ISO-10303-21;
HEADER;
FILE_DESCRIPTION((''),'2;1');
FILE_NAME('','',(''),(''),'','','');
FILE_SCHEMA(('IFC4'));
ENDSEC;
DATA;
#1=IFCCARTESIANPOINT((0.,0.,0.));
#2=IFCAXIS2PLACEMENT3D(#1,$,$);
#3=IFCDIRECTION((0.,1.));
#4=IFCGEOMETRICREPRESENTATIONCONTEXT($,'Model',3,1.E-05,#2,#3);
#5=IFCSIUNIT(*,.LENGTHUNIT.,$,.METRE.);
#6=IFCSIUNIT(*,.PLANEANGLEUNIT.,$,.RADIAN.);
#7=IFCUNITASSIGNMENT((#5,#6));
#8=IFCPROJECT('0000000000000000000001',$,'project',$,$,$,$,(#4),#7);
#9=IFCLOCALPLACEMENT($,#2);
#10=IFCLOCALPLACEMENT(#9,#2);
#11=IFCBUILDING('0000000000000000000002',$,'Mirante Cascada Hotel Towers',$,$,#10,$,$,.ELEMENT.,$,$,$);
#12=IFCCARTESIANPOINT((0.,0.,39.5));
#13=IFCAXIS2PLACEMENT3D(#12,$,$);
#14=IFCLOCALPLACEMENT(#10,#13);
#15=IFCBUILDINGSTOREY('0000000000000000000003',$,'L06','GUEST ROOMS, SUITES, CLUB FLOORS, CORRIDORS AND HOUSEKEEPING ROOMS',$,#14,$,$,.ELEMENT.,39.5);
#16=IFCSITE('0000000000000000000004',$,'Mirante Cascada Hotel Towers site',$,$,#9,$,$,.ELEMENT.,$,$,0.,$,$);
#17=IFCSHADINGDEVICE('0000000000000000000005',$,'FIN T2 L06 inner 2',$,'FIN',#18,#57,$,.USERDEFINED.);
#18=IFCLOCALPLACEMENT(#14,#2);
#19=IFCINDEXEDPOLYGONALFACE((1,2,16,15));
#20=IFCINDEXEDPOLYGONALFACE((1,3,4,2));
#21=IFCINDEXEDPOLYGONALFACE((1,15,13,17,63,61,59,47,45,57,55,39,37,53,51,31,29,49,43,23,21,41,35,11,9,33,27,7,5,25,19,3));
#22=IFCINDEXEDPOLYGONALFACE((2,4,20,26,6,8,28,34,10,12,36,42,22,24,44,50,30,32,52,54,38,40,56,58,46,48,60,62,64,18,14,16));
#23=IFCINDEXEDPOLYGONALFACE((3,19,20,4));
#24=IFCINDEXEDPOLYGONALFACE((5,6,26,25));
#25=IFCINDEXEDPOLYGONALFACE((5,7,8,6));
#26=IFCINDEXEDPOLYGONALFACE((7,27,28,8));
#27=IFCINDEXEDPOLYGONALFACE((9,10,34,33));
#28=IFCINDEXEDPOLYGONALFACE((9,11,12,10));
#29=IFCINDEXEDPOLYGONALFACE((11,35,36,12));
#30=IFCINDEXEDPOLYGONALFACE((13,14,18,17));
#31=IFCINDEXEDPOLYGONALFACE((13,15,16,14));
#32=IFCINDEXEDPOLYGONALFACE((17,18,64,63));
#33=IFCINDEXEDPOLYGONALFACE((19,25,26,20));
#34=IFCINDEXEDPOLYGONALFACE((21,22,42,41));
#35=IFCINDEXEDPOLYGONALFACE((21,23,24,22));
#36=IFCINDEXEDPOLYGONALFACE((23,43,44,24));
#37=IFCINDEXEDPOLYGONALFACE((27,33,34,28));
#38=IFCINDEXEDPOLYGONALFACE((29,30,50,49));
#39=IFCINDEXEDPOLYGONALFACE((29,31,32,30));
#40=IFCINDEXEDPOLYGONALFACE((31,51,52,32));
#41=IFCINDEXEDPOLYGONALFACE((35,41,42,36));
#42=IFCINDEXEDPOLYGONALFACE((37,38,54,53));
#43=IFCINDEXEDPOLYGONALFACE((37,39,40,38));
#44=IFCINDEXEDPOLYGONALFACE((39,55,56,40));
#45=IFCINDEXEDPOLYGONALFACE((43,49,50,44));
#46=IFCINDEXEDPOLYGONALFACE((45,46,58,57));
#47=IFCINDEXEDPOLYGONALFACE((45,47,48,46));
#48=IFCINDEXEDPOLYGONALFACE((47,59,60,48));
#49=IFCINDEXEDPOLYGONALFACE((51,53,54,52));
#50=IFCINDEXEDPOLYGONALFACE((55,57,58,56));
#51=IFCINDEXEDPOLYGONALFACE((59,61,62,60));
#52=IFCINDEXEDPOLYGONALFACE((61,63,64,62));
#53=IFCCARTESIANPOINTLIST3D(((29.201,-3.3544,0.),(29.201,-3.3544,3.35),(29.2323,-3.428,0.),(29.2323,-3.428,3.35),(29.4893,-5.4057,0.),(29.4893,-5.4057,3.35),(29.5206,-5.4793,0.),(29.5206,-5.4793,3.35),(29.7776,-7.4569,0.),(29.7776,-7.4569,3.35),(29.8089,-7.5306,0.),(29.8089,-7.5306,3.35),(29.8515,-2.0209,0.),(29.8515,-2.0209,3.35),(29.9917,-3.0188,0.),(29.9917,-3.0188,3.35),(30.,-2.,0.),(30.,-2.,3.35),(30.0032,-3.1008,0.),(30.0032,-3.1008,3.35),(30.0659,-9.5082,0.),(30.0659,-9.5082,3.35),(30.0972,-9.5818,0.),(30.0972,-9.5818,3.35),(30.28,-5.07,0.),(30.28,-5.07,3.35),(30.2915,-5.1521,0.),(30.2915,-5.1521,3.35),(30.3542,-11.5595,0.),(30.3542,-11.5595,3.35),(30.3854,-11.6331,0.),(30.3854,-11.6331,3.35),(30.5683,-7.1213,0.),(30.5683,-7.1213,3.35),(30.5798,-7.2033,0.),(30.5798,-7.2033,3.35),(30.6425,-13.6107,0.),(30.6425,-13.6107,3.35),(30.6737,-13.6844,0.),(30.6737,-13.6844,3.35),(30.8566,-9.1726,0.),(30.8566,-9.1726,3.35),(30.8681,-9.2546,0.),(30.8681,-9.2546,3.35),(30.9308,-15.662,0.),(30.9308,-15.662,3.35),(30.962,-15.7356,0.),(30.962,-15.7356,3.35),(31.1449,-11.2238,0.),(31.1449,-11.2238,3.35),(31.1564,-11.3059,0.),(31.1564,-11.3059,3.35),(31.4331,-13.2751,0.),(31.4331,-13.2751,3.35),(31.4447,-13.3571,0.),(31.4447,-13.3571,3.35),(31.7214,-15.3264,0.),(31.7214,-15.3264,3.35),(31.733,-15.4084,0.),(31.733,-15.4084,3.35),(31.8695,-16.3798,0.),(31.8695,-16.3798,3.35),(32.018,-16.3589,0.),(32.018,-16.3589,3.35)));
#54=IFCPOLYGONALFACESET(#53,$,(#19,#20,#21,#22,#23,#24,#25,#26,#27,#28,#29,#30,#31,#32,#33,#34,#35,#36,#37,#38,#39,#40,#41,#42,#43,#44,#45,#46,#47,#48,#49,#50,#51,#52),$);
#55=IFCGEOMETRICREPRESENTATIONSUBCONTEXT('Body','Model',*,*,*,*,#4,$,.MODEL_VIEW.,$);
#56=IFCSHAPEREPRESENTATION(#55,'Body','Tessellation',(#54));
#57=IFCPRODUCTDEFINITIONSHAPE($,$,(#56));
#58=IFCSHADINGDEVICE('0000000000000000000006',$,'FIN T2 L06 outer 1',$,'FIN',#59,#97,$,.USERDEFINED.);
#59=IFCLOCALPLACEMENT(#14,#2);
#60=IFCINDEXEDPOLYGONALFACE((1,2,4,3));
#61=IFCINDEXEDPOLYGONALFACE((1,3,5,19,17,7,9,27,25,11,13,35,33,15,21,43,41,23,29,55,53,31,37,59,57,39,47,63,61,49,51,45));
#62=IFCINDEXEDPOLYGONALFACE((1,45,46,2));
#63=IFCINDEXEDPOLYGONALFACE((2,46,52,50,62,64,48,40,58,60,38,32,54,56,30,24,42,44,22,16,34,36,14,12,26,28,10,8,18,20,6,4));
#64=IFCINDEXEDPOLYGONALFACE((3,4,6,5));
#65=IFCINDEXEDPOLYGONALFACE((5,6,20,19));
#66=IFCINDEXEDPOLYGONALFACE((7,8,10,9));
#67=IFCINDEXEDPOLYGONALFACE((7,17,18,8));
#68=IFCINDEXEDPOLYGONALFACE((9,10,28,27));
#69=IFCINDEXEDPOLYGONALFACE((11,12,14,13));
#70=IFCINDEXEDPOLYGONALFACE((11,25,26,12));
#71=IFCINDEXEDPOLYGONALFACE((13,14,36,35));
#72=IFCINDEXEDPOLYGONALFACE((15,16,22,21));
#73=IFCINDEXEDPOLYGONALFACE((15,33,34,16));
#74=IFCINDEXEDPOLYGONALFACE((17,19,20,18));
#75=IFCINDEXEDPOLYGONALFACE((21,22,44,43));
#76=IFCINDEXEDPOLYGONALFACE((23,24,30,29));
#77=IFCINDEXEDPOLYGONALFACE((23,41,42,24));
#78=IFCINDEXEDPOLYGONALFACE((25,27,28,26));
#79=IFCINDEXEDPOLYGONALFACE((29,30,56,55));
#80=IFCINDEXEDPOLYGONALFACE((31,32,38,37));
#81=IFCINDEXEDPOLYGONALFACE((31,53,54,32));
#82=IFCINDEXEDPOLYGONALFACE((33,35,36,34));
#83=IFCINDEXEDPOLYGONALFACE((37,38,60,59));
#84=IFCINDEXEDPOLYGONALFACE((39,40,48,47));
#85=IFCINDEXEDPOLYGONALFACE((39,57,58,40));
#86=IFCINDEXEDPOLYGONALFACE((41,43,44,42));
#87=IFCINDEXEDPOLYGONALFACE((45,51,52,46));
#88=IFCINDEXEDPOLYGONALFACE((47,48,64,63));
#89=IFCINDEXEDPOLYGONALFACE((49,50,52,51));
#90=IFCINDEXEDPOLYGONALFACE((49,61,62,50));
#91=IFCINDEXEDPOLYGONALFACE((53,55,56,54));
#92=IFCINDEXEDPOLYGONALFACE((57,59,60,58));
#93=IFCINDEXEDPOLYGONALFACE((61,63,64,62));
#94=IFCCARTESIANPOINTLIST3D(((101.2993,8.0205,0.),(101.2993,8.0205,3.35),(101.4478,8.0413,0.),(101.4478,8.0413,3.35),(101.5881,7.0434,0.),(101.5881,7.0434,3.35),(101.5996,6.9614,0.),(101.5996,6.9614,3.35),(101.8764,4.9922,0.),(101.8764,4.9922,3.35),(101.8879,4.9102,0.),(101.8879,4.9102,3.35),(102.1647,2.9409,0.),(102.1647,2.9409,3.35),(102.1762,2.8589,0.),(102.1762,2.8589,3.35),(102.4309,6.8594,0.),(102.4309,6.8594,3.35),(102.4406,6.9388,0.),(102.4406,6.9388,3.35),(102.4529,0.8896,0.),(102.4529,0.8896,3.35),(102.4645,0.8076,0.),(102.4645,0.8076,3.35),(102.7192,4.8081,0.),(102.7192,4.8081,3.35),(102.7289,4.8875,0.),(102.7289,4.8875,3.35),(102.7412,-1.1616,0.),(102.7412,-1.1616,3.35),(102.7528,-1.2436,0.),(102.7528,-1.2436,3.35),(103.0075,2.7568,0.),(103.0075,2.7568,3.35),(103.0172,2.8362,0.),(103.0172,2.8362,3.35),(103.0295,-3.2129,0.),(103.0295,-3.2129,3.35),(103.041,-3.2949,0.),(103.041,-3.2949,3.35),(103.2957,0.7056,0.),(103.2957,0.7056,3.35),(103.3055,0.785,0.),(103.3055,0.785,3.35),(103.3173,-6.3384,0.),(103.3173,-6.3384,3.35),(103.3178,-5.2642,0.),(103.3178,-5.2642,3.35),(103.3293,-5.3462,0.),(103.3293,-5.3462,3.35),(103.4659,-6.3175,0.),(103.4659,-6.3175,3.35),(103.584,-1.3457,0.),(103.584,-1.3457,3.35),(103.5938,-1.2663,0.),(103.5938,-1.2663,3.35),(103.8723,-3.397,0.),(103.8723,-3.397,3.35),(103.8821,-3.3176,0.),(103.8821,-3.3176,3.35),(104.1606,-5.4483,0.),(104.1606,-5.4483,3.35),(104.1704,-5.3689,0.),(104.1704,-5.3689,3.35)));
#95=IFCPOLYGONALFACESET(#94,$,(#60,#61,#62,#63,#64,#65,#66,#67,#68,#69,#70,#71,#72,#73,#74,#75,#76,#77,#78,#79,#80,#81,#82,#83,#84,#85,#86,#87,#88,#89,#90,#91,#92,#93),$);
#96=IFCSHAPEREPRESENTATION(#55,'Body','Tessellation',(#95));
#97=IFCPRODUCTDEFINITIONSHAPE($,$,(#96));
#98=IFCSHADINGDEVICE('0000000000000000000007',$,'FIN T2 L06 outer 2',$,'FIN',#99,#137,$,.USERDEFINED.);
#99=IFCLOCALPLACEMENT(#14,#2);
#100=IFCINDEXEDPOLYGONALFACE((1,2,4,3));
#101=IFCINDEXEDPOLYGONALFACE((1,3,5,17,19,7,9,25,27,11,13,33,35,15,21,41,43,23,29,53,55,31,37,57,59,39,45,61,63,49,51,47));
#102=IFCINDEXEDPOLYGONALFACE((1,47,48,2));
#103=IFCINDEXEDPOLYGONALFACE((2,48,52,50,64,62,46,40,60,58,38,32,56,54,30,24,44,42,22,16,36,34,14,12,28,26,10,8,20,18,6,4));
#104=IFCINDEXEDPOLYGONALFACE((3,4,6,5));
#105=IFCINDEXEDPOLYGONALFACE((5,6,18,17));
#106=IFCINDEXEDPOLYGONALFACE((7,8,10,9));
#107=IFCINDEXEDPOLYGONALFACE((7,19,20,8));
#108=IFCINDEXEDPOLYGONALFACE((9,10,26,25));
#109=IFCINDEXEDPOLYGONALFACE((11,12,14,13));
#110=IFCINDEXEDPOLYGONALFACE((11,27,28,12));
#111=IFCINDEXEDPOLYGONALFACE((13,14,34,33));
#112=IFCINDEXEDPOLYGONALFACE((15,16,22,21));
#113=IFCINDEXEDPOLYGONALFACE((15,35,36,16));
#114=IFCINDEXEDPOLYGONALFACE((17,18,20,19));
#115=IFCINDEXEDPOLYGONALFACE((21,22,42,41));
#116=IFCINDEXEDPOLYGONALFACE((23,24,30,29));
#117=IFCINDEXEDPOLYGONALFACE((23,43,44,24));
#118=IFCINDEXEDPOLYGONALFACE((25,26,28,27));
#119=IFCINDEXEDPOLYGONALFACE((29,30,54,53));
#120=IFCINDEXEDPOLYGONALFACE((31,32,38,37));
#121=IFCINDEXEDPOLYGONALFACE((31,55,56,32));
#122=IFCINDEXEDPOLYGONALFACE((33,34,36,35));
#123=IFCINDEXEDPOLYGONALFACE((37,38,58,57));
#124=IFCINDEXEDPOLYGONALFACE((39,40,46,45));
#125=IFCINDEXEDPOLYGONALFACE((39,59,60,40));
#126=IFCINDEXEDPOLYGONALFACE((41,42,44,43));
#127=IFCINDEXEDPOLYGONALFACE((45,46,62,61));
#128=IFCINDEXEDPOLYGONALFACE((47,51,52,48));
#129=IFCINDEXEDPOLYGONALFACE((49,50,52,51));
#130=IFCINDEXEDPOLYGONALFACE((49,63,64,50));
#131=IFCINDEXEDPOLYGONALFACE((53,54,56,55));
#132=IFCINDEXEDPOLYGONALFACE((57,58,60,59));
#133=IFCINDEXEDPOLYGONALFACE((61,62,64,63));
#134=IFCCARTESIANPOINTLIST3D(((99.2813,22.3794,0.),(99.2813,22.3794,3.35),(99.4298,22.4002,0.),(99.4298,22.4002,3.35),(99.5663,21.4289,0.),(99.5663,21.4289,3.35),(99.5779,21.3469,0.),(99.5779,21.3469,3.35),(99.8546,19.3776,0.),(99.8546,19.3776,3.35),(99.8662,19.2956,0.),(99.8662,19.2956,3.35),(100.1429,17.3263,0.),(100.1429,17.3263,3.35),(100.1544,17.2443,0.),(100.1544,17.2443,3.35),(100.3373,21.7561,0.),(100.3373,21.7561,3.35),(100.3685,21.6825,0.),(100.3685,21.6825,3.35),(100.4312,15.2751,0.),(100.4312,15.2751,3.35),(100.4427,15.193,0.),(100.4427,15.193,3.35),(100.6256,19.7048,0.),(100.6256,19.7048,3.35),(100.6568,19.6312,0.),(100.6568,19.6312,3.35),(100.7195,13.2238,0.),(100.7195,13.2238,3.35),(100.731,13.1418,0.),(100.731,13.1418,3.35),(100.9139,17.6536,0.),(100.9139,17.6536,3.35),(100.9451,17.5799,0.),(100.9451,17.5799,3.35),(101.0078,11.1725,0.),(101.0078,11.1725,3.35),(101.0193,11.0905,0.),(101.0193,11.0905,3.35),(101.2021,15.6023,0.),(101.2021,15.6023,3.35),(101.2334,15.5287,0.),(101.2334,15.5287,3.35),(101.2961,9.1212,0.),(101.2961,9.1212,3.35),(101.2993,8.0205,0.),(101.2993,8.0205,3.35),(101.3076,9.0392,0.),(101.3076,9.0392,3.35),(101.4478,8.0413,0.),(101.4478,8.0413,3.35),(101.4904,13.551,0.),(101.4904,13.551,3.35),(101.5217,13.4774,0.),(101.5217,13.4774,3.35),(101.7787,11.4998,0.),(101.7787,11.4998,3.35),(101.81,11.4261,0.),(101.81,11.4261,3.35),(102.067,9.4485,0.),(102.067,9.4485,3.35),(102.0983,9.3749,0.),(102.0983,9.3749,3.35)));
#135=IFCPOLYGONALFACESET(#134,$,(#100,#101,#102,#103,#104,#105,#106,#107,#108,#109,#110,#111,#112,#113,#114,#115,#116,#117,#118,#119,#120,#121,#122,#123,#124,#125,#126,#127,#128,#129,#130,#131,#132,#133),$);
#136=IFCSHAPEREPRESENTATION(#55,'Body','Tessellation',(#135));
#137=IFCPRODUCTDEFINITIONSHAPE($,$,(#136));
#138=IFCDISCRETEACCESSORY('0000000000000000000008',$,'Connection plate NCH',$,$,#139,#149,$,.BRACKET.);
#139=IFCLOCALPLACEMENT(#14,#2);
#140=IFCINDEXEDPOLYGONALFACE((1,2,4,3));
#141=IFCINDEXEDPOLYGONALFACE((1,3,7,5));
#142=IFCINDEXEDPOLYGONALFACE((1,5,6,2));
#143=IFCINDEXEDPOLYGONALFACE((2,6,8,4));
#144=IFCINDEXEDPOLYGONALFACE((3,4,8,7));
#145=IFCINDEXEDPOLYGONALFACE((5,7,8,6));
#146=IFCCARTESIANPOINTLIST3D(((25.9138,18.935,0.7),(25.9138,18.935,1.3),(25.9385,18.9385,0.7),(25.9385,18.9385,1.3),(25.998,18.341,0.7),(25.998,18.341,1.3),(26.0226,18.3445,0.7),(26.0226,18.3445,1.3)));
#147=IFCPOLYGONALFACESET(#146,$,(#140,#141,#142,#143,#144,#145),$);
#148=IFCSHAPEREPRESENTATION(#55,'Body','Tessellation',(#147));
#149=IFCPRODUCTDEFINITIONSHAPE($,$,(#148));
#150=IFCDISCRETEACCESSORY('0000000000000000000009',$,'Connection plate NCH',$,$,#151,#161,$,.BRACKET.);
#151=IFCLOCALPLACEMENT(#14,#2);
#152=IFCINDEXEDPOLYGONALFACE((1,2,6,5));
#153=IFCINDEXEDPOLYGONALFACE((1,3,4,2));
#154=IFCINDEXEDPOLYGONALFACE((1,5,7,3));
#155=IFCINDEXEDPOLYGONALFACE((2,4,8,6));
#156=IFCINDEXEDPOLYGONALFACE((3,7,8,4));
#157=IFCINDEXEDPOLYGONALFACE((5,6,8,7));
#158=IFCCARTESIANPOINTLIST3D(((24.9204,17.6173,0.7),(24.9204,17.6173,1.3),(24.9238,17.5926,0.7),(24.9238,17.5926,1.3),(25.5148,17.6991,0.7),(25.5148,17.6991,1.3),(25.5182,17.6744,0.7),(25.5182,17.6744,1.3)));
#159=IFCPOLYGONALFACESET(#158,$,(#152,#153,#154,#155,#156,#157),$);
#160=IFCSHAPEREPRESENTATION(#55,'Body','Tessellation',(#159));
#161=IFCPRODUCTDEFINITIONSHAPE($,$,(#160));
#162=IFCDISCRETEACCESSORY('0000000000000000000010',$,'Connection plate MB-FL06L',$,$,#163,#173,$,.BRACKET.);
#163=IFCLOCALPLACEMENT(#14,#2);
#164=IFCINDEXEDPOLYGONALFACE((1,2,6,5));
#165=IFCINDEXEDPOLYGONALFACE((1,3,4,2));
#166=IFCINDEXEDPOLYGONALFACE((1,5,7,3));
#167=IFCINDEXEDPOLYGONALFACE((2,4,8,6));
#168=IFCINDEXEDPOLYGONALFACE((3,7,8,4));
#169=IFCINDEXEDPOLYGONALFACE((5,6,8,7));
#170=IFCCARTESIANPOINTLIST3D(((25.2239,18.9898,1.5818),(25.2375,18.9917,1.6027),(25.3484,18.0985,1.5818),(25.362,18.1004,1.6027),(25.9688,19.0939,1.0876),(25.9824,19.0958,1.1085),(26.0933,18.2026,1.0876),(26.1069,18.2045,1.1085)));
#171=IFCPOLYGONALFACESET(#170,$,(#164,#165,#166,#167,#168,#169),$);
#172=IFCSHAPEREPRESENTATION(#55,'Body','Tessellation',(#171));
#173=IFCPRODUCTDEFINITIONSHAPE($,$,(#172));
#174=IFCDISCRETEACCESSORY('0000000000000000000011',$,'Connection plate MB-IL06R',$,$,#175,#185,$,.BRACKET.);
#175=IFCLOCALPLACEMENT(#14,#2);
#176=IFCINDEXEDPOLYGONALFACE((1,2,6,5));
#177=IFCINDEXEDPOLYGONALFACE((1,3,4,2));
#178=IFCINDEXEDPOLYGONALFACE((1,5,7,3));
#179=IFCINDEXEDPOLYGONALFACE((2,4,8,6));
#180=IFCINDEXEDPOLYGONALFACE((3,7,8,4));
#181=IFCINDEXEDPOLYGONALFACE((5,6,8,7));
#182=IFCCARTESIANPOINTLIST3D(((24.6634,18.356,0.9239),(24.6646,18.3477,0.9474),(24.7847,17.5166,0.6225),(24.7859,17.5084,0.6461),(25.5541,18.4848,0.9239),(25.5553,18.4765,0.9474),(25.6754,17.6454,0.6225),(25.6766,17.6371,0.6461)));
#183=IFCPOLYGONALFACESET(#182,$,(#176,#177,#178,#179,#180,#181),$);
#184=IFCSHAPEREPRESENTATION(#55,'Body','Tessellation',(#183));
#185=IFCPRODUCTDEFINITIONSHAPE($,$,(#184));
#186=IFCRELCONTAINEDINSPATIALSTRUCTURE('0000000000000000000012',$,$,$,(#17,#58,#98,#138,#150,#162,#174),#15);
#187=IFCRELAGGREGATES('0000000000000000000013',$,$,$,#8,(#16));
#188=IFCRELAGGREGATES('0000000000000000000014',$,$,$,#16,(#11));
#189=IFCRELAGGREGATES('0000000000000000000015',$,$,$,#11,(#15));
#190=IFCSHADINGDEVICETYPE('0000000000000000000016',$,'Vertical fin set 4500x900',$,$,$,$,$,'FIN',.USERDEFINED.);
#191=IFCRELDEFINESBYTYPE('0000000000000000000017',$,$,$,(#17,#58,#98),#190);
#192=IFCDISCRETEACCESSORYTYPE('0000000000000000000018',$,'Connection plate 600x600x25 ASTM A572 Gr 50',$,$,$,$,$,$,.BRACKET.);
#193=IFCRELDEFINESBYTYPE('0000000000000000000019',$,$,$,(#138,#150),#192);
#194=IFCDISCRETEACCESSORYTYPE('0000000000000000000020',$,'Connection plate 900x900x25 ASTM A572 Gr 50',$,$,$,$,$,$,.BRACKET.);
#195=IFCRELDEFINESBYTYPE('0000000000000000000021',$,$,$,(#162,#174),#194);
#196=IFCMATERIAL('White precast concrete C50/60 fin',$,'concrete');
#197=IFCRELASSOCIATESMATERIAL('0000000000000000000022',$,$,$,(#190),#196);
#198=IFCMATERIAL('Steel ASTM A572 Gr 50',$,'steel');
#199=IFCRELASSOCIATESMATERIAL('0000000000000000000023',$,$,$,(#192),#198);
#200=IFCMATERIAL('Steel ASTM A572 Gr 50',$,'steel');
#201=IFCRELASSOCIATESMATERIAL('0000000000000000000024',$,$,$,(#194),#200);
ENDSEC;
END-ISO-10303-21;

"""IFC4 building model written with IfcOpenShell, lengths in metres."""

from ifc_helpers import new_model, si_unit, direction, frame, origin, origin_2d, place, context, subcontext, project, spatial, polyline, rectangle, outline, extrude, material, material_profile, profile_set, type_object, element, save


model = new_model("IFC4")

# Units and contexts
model_context = context("Model", 3, precision=1e-05, world=origin(), true_north=direction((0.0, 1.0)))
body_context = subcontext(model_context, "Body", "Model", "MODEL_VIEW")
ifc_project = project(units=[si_unit("LENGTHUNIT", "METRE"), si_unit("PLANEANGLEUNIT", "RADIAN")], contexts=[model_context])

# Site, building, storey
site_placement = place(None, origin())
site = spatial("IfcSite", under=ifc_project, at=site_placement, Name="Mirante Cascada Hotel Towers site", CompositionType="ELEMENT", RefElevation=0.0)
building_placement = place(site_placement, origin())
building = spatial("IfcBuilding", under=site, at=building_placement, Name="Mirante Cascada Hotel Towers", CompositionType="ELEMENT")
storey_placement = place(building_placement, frame((0.0, 0.0, 39.5)))
storey = spatial("IfcBuildingStorey", under=building, at=storey_placement, Name="L06", Description="GUEST ROOMS, SUITES, CLUB FLOORS, CORRIDORS AND HOUSEKEEPING ROOMS", CompositionType="ELEMENT", Elevation=39.5)

# Shading devices
ifc_material_1 = material(Name="White precast concrete C50/60 fin", Category="concrete")
shading_device_type = type_object("IfcShadingDeviceType", Name="Vertical fin set 4500x900", ElementType="FIN", PredefinedType="USERDEFINED", material=ifc_material_1)
shading_device_1_placement = place(storey_placement, origin())
element("IfcShadingDevice", 1, at=shading_device_1_placement, inside=storey, type_object=shading_device_type, Name="FIN T2 L06 inner 2", ObjectType="FIN", PredefinedType="USERDEFINED", context=body_context, shape_type="SweptSolid", body=[
    extrude(outline(polyline([(30.9308, -15.662), (31.7214, -15.3264), (31.4447, -13.3571), (30.6737, -13.6844), (30.6425, -13.6107), (31.4331, -13.2751), (31.1564, -11.3059), (30.3854, -11.6331), (30.3542, -11.5595), (31.1449, -11.2238), (30.8681, -9.2546), (30.0972, -9.5818), (30.0659, -9.5082), (30.8566, -9.1726), (30.5798, -7.2033), (29.8089, -7.5306), (29.7776, -7.4569), (30.5683, -7.1213), (30.2915, -5.1521), (29.5206, -5.4793), (29.4893, -5.4057), (30.28, -5.07), (30.0032, -3.1008), (29.2323, -3.428), (29.201, -3.3544), (29.9917, -3.0188), (29.8515, -2.0209), (30.0, -2.0), (32.018, -16.3589), (31.8695, -16.3798), (31.733, -15.4084), (30.962, -15.7356), (30.9308, -15.662)])), origin(), (0.0, 0.0, 1.0), 3.35),
])
shading_device_2_placement = place(storey_placement, origin())
element("IfcShadingDevice", 2, at=shading_device_2_placement, inside=storey, type_object=shading_device_type, Name="FIN T2 L06 outer 1", ObjectType="FIN", PredefinedType="USERDEFINED", context=body_context, shape_type="SweptSolid", body=[
    extrude(outline(polyline([(104.1606, -5.4483), (103.3293, -5.3462), (103.4659, -6.3175), (103.3173, -6.3384), (101.2993, 8.0205), (101.4478, 8.0413), (101.5881, 7.0434), (102.4406, 6.9388), (102.4309, 6.8594), (101.5996, 6.9614), (101.8764, 4.9922), (102.7289, 4.8875), (102.7192, 4.8081), (101.8879, 4.9102), (102.1647, 2.9409), (103.0172, 2.8362), (103.0075, 2.7568), (102.1762, 2.8589), (102.4529, 0.8896), (103.3055, 0.785), (103.2957, 0.7056), (102.4645, 0.8076), (102.7412, -1.1616), (103.5938, -1.2663), (103.584, -1.3457), (102.7528, -1.2436), (103.0295, -3.2129), (103.8821, -3.3176), (103.8723, -3.397), (103.041, -3.2949), (103.3178, -5.2642), (104.1704, -5.3689), (104.1606, -5.4483)])), origin(), (0.0, 0.0, 1.0), 3.35),
])
shading_device_3_placement = place(storey_placement, origin())
element("IfcShadingDevice", 3, at=shading_device_3_placement, inside=storey, type_object=shading_device_type, Name="FIN T2 L06 outer 2", ObjectType="FIN", PredefinedType="USERDEFINED", context=body_context, shape_type="SweptSolid", body=[
    extrude(outline(polyline([(102.0983, 9.3749), (101.3076, 9.0392), (101.4478, 8.0413), (101.2993, 8.0205), (99.2813, 22.3794), (99.4298, 22.4002), (99.5663, 21.4289), (100.3373, 21.7561), (100.3685, 21.6825), (99.5779, 21.3469), (99.8546, 19.3776), (100.6256, 19.7048), (100.6568, 19.6312), (99.8662, 19.2956), (100.1429, 17.3263), (100.9139, 17.6536), (100.9451, 17.5799), (100.1544, 17.2443), (100.4312, 15.2751), (101.2021, 15.6023), (101.2334, 15.5287), (100.4427, 15.193), (100.7195, 13.2238), (101.4904, 13.551), (101.5217, 13.4774), (100.731, 13.1418), (101.0078, 11.1725), (101.7787, 11.4998), (101.81, 11.4261), (101.0193, 11.0905), (101.2961, 9.1212), (102.067, 9.4485), (102.0983, 9.3749)])), origin(), (0.0, 0.0, 1.0), 3.35),
])

# Discrete accessories
ifc_material_2 = material(Name="Steel ASTM A572 Gr 50", Category="steel")
ifc_material_profile_1 = material_profile(ifc_material_2, rectangle(XDim=0.6, YDim=0.6, at=origin_2d()), Name="Connection plate 600x600x25 ASTM A572 Gr 50")
ifc_profile_set_1 = profile_set([ifc_material_profile_1], Name="Steel ASTM A572 Gr 50")
discrete_accessory_type_1 = type_object("IfcDiscreteAccessoryType", Name="Connection plate 600x600x25 ASTM A572 Gr 50", PredefinedType="BRACKET", material=ifc_profile_set_1)
for number, where, z_axis, x_axis, name in (
    (4, (25.9559, 18.638, 1.0), (0.990109, 0.140299, 0.0), (-0.140299, 0.990109, 0.0), "Connection plate NCH"),
    (5, (25.221, 17.6335, 1.0), (-0.136366, 0.990658, 0.0), (-0.990658, -0.136366, 0.0), "Connection plate NCH"),
):
    element("IfcDiscreteAccessory", number, at=place(storey_placement, frame(where, z_axis=z_axis, x_axis=x_axis)), inside=storey, type_object=discrete_accessory_type_1, Name=name, PredefinedType="BRACKET", context=body_context, shape_type="SweptSolid", body=[
        extrude(rectangle(XDim=0.6, YDim=0.6, at=origin_2d()), origin(), (0.0, 0.0, 1.0), 0.0249),
    ])
ifc_material_3 = material(Name="Steel ASTM A572 Gr 50", Category="steel")
ifc_material_profile_2 = material_profile(ifc_material_3, rectangle(XDim=0.9, YDim=0.9, at=origin_2d()), Name="Connection plate 900x900x25 ASTM A572 Gr 50")
ifc_profile_set_2 = profile_set([ifc_material_profile_2], Name="Steel ASTM A572 Gr 50")
discrete_accessory_type_2 = type_object("IfcDiscreteAccessoryType", Name="Connection plate 900x900x25 ASTM A572 Gr 50", PredefinedType="BRACKET", material=ifc_profile_set_2)
for number, where, z_axis, x_axis, name in (
    (6, (25.6586, 18.5962, 1.3347), (0.543835, 0.075977, 0.835746), (-0.138362, 0.990382, 0.0), "Connection plate MB-FL06L"),
    (7, (25.1694, 18.0007, 0.7732), (0.047912, -0.331393, 0.942275), (0.98971, 0.143091, 0.0), "Connection plate MB-IL06R"),
):
    element("IfcDiscreteAccessory", number, at=place(storey_placement, frame(where, z_axis=z_axis, x_axis=x_axis)), inside=storey, type_object=discrete_accessory_type_2, Name=name, PredefinedType="BRACKET", context=body_context, shape_type="SweptSolid", body=[
        extrude(rectangle(XDim=0.9, YDim=0.9, at=origin_2d()), origin(), (0.0, 0.0, 1.0), 0.025),
    ])

save(model, "model.ifc")
